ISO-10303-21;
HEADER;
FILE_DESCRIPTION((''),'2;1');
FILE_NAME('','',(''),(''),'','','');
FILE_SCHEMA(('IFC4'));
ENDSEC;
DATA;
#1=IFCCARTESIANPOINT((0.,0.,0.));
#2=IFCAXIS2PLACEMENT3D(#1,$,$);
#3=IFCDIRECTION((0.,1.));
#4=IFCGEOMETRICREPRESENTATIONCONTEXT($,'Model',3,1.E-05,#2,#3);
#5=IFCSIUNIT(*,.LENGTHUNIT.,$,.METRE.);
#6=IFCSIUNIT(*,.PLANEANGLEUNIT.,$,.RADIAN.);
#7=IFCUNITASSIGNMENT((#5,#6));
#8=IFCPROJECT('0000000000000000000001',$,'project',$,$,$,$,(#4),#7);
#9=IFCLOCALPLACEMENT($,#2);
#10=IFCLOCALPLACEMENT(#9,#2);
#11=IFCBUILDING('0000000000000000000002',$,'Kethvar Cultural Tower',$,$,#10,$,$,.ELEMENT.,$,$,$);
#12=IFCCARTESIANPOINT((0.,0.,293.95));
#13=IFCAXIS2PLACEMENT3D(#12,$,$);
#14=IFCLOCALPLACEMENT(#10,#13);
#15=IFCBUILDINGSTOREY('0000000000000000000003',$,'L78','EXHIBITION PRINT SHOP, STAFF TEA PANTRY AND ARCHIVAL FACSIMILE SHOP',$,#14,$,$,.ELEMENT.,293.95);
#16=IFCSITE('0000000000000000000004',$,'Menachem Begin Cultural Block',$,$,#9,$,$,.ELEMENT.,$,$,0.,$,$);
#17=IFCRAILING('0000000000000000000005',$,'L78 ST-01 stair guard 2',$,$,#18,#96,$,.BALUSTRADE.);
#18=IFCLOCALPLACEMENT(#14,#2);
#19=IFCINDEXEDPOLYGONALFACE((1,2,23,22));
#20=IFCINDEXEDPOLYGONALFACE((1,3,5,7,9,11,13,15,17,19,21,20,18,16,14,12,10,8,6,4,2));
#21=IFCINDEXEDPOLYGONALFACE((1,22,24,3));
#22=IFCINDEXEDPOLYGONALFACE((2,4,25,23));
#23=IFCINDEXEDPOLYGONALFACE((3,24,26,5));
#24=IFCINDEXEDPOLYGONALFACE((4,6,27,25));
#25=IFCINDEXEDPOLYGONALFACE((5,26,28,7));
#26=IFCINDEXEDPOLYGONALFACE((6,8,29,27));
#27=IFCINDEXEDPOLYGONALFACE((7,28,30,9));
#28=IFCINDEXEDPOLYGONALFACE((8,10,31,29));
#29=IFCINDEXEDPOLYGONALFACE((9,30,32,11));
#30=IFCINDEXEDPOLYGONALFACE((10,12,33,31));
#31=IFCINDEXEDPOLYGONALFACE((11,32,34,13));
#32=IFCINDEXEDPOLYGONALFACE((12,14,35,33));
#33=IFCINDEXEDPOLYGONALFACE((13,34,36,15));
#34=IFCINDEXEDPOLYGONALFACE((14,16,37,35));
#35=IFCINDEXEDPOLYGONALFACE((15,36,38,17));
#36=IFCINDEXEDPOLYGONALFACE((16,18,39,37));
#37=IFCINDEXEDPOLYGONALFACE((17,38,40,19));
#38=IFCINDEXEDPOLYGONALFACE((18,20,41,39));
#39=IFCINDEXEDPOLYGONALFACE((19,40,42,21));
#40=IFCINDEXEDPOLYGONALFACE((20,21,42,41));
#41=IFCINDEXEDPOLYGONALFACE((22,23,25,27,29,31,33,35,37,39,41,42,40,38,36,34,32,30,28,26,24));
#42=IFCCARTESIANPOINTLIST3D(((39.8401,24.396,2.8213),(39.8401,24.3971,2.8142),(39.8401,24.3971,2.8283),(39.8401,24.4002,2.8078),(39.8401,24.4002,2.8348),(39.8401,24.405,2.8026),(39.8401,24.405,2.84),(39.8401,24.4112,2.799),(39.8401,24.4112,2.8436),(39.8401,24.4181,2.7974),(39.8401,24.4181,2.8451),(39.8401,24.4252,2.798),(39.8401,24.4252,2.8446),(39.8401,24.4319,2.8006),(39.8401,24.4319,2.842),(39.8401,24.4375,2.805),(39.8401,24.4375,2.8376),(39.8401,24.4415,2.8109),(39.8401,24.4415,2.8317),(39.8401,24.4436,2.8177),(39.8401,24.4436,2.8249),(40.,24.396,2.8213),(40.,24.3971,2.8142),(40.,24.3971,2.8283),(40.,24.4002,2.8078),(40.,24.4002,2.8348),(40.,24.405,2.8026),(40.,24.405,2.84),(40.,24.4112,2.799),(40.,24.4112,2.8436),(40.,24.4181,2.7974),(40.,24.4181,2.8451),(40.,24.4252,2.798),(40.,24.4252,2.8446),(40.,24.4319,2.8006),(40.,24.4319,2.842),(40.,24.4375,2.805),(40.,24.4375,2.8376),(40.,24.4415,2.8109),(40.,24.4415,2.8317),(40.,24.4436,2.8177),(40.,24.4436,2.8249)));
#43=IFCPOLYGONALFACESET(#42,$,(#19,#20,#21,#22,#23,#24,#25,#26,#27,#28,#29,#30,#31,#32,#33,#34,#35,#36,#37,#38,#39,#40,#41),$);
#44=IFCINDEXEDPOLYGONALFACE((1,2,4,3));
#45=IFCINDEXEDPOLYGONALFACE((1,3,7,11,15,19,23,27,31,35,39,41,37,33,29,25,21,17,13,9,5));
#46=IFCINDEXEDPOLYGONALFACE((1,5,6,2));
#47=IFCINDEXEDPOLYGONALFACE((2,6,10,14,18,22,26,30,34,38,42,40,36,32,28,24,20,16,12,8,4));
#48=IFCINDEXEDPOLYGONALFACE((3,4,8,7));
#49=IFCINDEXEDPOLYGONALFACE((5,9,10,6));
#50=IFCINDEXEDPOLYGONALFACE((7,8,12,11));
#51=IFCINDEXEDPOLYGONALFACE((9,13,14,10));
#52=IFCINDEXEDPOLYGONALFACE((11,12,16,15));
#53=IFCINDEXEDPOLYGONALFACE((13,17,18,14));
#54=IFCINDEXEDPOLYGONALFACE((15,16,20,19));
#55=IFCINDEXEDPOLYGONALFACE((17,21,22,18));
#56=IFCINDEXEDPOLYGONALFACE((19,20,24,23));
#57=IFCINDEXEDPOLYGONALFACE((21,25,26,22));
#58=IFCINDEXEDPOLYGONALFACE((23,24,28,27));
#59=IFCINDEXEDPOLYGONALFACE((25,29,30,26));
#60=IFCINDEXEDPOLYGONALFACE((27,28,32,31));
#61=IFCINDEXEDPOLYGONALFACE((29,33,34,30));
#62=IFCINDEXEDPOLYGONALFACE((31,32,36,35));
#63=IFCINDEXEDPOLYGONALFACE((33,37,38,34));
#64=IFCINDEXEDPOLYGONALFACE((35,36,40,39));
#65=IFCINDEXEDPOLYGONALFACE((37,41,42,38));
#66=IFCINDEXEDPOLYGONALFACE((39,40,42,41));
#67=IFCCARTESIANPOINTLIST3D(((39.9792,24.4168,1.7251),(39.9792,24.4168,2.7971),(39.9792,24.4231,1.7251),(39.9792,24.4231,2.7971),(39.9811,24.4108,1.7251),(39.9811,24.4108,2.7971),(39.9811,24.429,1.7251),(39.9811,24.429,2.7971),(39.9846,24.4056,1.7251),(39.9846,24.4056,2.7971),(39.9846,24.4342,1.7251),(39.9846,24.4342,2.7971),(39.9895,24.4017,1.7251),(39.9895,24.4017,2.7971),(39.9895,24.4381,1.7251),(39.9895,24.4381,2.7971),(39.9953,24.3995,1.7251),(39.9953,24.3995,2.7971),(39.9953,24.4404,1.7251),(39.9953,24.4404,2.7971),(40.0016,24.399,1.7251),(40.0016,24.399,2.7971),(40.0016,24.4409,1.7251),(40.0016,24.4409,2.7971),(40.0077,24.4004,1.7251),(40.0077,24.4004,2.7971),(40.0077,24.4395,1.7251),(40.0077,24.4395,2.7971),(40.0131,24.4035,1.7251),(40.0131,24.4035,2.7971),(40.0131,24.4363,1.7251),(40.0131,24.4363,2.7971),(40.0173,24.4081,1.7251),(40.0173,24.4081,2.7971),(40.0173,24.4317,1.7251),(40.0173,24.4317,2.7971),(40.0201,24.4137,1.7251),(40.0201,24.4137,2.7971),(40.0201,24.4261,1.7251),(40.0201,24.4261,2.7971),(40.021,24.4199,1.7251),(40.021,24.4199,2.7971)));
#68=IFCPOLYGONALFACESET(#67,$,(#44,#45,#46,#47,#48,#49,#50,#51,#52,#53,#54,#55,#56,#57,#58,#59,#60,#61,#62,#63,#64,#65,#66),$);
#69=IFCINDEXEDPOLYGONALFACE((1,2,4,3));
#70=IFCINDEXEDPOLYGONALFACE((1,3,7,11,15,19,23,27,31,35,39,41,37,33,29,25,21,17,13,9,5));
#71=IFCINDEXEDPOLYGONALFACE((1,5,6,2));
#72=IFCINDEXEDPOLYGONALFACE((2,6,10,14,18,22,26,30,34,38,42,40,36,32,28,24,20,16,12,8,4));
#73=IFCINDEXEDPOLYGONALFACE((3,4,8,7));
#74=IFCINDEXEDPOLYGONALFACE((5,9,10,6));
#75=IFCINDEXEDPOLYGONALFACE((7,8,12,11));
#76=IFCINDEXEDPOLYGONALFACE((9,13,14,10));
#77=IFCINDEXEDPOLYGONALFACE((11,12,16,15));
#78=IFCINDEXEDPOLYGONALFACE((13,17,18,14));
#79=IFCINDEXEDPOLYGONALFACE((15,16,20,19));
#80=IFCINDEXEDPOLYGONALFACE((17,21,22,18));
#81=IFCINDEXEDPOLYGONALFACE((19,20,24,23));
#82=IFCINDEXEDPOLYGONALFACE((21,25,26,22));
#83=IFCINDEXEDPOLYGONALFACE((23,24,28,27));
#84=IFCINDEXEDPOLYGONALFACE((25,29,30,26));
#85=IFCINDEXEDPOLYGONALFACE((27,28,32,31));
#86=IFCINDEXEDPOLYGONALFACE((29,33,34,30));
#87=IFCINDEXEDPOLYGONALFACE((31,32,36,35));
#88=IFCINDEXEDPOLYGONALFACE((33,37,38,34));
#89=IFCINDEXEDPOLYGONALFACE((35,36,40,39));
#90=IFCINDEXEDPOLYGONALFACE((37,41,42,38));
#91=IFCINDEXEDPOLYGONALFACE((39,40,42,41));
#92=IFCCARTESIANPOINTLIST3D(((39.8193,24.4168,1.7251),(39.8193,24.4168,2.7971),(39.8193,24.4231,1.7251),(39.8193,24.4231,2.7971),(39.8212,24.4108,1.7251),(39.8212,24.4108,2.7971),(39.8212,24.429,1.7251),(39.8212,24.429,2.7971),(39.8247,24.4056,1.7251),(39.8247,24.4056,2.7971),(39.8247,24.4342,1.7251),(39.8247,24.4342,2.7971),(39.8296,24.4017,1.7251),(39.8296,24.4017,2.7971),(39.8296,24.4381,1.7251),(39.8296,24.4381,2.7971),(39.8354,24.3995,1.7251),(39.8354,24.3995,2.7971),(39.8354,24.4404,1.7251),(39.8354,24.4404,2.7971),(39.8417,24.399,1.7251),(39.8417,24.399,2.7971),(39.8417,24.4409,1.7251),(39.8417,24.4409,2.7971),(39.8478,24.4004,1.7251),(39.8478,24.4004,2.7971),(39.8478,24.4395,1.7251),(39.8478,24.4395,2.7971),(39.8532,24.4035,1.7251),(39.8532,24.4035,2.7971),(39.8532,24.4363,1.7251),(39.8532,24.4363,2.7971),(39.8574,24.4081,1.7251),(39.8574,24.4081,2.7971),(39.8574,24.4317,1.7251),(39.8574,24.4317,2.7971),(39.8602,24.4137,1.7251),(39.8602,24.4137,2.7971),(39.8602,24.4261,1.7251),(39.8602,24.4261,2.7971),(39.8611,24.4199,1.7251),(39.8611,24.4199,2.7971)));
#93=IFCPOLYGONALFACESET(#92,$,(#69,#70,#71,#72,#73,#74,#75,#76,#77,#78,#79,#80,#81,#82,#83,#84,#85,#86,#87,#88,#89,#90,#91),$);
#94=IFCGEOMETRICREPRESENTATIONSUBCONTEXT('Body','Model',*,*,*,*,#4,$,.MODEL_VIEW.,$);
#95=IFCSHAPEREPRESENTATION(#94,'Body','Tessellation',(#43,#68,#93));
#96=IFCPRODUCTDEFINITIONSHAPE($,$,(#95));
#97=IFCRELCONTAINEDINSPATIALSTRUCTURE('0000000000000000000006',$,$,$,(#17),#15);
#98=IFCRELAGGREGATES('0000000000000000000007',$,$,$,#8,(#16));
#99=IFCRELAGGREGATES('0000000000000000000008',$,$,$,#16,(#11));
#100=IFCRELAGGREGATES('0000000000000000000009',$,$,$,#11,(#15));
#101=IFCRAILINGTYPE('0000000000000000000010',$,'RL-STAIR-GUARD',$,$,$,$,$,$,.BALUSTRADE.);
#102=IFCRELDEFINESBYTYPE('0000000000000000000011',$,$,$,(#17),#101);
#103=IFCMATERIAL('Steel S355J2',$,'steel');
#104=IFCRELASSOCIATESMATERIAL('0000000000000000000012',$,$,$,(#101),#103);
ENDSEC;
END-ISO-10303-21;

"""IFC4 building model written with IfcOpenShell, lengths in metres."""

from ifc_helpers import new_model, si_unit, direction, frame, origin, origin_2d, place, context, subcontext, project, spatial, circle, extrude, material, type_object, element, save


model = new_model("IFC4")

# Units and contexts
model_context = context("Model", 3, precision=1e-05, world=origin(), true_north=direction((0.0, 1.0)))
body_context = subcontext(model_context, "Body", "Model", "MODEL_VIEW")
ifc_project = project(units=[si_unit("LENGTHUNIT", "METRE"), si_unit("PLANEANGLEUNIT", "RADIAN")], contexts=[model_context])

# Site, building, storey
site_placement = place(None, origin())
site = spatial("IfcSite", under=ifc_project, at=site_placement, Name="Menachem Begin Cultural Block", CompositionType="ELEMENT", RefElevation=0.0)
building_placement = place(site_placement, origin())
building = spatial("IfcBuilding", under=site, at=building_placement, Name="Kethvar Cultural Tower", CompositionType="ELEMENT")
storey_placement = place(building_placement, frame((0.0, 0.0, 293.95)))
storey = spatial("IfcBuildingStorey", under=building, at=storey_placement, Name="L78", Description="EXHIBITION PRINT SHOP, STAFF TEA PANTRY AND ARCHIVAL FACSIMILE SHOP", CompositionType="ELEMENT", Elevation=293.95)

# Shared definitions
ifc_material_1 = material(Name="Steel S355J2", Category="steel")

# Railing
railing_type_1 = type_object("IfcRailingType", Name="RL-STAIR-GUARD", PredefinedType="BALUSTRADE", material=ifc_material_1)
railing_1_placement = place(storey_placement, frame((40.0, 24.4199, 1.7251)))
element("IfcRailing", 1, at=railing_1_placement, inside=storey, type_object=railing_type_1, Name="L78 ST-01 stair guard 2", PredefinedType="BALUSTRADE", context=body_context, shape_type="SweptSolid", body=[
    extrude(circle(Radius=0.0239, at=origin_2d()), frame((0.0, 0.0, 1.0962), z_axis=(-1.0, 0.0, 0.0), x_axis=(0.0, -1.0, 0.0)), (0.0, 0.0, 1.0), 0.1599),
    extrude(circle(Radius=0.021, at=origin_2d()), origin(), (0.0, 0.0, 1.0), 1.072),
    extrude(circle(Radius=0.021, at=origin_2d()), frame((-0.1599, 0.0, 0.0)), (0.0, 0.0, 1.0), 1.072),
])

save(model, "model.ifc")
